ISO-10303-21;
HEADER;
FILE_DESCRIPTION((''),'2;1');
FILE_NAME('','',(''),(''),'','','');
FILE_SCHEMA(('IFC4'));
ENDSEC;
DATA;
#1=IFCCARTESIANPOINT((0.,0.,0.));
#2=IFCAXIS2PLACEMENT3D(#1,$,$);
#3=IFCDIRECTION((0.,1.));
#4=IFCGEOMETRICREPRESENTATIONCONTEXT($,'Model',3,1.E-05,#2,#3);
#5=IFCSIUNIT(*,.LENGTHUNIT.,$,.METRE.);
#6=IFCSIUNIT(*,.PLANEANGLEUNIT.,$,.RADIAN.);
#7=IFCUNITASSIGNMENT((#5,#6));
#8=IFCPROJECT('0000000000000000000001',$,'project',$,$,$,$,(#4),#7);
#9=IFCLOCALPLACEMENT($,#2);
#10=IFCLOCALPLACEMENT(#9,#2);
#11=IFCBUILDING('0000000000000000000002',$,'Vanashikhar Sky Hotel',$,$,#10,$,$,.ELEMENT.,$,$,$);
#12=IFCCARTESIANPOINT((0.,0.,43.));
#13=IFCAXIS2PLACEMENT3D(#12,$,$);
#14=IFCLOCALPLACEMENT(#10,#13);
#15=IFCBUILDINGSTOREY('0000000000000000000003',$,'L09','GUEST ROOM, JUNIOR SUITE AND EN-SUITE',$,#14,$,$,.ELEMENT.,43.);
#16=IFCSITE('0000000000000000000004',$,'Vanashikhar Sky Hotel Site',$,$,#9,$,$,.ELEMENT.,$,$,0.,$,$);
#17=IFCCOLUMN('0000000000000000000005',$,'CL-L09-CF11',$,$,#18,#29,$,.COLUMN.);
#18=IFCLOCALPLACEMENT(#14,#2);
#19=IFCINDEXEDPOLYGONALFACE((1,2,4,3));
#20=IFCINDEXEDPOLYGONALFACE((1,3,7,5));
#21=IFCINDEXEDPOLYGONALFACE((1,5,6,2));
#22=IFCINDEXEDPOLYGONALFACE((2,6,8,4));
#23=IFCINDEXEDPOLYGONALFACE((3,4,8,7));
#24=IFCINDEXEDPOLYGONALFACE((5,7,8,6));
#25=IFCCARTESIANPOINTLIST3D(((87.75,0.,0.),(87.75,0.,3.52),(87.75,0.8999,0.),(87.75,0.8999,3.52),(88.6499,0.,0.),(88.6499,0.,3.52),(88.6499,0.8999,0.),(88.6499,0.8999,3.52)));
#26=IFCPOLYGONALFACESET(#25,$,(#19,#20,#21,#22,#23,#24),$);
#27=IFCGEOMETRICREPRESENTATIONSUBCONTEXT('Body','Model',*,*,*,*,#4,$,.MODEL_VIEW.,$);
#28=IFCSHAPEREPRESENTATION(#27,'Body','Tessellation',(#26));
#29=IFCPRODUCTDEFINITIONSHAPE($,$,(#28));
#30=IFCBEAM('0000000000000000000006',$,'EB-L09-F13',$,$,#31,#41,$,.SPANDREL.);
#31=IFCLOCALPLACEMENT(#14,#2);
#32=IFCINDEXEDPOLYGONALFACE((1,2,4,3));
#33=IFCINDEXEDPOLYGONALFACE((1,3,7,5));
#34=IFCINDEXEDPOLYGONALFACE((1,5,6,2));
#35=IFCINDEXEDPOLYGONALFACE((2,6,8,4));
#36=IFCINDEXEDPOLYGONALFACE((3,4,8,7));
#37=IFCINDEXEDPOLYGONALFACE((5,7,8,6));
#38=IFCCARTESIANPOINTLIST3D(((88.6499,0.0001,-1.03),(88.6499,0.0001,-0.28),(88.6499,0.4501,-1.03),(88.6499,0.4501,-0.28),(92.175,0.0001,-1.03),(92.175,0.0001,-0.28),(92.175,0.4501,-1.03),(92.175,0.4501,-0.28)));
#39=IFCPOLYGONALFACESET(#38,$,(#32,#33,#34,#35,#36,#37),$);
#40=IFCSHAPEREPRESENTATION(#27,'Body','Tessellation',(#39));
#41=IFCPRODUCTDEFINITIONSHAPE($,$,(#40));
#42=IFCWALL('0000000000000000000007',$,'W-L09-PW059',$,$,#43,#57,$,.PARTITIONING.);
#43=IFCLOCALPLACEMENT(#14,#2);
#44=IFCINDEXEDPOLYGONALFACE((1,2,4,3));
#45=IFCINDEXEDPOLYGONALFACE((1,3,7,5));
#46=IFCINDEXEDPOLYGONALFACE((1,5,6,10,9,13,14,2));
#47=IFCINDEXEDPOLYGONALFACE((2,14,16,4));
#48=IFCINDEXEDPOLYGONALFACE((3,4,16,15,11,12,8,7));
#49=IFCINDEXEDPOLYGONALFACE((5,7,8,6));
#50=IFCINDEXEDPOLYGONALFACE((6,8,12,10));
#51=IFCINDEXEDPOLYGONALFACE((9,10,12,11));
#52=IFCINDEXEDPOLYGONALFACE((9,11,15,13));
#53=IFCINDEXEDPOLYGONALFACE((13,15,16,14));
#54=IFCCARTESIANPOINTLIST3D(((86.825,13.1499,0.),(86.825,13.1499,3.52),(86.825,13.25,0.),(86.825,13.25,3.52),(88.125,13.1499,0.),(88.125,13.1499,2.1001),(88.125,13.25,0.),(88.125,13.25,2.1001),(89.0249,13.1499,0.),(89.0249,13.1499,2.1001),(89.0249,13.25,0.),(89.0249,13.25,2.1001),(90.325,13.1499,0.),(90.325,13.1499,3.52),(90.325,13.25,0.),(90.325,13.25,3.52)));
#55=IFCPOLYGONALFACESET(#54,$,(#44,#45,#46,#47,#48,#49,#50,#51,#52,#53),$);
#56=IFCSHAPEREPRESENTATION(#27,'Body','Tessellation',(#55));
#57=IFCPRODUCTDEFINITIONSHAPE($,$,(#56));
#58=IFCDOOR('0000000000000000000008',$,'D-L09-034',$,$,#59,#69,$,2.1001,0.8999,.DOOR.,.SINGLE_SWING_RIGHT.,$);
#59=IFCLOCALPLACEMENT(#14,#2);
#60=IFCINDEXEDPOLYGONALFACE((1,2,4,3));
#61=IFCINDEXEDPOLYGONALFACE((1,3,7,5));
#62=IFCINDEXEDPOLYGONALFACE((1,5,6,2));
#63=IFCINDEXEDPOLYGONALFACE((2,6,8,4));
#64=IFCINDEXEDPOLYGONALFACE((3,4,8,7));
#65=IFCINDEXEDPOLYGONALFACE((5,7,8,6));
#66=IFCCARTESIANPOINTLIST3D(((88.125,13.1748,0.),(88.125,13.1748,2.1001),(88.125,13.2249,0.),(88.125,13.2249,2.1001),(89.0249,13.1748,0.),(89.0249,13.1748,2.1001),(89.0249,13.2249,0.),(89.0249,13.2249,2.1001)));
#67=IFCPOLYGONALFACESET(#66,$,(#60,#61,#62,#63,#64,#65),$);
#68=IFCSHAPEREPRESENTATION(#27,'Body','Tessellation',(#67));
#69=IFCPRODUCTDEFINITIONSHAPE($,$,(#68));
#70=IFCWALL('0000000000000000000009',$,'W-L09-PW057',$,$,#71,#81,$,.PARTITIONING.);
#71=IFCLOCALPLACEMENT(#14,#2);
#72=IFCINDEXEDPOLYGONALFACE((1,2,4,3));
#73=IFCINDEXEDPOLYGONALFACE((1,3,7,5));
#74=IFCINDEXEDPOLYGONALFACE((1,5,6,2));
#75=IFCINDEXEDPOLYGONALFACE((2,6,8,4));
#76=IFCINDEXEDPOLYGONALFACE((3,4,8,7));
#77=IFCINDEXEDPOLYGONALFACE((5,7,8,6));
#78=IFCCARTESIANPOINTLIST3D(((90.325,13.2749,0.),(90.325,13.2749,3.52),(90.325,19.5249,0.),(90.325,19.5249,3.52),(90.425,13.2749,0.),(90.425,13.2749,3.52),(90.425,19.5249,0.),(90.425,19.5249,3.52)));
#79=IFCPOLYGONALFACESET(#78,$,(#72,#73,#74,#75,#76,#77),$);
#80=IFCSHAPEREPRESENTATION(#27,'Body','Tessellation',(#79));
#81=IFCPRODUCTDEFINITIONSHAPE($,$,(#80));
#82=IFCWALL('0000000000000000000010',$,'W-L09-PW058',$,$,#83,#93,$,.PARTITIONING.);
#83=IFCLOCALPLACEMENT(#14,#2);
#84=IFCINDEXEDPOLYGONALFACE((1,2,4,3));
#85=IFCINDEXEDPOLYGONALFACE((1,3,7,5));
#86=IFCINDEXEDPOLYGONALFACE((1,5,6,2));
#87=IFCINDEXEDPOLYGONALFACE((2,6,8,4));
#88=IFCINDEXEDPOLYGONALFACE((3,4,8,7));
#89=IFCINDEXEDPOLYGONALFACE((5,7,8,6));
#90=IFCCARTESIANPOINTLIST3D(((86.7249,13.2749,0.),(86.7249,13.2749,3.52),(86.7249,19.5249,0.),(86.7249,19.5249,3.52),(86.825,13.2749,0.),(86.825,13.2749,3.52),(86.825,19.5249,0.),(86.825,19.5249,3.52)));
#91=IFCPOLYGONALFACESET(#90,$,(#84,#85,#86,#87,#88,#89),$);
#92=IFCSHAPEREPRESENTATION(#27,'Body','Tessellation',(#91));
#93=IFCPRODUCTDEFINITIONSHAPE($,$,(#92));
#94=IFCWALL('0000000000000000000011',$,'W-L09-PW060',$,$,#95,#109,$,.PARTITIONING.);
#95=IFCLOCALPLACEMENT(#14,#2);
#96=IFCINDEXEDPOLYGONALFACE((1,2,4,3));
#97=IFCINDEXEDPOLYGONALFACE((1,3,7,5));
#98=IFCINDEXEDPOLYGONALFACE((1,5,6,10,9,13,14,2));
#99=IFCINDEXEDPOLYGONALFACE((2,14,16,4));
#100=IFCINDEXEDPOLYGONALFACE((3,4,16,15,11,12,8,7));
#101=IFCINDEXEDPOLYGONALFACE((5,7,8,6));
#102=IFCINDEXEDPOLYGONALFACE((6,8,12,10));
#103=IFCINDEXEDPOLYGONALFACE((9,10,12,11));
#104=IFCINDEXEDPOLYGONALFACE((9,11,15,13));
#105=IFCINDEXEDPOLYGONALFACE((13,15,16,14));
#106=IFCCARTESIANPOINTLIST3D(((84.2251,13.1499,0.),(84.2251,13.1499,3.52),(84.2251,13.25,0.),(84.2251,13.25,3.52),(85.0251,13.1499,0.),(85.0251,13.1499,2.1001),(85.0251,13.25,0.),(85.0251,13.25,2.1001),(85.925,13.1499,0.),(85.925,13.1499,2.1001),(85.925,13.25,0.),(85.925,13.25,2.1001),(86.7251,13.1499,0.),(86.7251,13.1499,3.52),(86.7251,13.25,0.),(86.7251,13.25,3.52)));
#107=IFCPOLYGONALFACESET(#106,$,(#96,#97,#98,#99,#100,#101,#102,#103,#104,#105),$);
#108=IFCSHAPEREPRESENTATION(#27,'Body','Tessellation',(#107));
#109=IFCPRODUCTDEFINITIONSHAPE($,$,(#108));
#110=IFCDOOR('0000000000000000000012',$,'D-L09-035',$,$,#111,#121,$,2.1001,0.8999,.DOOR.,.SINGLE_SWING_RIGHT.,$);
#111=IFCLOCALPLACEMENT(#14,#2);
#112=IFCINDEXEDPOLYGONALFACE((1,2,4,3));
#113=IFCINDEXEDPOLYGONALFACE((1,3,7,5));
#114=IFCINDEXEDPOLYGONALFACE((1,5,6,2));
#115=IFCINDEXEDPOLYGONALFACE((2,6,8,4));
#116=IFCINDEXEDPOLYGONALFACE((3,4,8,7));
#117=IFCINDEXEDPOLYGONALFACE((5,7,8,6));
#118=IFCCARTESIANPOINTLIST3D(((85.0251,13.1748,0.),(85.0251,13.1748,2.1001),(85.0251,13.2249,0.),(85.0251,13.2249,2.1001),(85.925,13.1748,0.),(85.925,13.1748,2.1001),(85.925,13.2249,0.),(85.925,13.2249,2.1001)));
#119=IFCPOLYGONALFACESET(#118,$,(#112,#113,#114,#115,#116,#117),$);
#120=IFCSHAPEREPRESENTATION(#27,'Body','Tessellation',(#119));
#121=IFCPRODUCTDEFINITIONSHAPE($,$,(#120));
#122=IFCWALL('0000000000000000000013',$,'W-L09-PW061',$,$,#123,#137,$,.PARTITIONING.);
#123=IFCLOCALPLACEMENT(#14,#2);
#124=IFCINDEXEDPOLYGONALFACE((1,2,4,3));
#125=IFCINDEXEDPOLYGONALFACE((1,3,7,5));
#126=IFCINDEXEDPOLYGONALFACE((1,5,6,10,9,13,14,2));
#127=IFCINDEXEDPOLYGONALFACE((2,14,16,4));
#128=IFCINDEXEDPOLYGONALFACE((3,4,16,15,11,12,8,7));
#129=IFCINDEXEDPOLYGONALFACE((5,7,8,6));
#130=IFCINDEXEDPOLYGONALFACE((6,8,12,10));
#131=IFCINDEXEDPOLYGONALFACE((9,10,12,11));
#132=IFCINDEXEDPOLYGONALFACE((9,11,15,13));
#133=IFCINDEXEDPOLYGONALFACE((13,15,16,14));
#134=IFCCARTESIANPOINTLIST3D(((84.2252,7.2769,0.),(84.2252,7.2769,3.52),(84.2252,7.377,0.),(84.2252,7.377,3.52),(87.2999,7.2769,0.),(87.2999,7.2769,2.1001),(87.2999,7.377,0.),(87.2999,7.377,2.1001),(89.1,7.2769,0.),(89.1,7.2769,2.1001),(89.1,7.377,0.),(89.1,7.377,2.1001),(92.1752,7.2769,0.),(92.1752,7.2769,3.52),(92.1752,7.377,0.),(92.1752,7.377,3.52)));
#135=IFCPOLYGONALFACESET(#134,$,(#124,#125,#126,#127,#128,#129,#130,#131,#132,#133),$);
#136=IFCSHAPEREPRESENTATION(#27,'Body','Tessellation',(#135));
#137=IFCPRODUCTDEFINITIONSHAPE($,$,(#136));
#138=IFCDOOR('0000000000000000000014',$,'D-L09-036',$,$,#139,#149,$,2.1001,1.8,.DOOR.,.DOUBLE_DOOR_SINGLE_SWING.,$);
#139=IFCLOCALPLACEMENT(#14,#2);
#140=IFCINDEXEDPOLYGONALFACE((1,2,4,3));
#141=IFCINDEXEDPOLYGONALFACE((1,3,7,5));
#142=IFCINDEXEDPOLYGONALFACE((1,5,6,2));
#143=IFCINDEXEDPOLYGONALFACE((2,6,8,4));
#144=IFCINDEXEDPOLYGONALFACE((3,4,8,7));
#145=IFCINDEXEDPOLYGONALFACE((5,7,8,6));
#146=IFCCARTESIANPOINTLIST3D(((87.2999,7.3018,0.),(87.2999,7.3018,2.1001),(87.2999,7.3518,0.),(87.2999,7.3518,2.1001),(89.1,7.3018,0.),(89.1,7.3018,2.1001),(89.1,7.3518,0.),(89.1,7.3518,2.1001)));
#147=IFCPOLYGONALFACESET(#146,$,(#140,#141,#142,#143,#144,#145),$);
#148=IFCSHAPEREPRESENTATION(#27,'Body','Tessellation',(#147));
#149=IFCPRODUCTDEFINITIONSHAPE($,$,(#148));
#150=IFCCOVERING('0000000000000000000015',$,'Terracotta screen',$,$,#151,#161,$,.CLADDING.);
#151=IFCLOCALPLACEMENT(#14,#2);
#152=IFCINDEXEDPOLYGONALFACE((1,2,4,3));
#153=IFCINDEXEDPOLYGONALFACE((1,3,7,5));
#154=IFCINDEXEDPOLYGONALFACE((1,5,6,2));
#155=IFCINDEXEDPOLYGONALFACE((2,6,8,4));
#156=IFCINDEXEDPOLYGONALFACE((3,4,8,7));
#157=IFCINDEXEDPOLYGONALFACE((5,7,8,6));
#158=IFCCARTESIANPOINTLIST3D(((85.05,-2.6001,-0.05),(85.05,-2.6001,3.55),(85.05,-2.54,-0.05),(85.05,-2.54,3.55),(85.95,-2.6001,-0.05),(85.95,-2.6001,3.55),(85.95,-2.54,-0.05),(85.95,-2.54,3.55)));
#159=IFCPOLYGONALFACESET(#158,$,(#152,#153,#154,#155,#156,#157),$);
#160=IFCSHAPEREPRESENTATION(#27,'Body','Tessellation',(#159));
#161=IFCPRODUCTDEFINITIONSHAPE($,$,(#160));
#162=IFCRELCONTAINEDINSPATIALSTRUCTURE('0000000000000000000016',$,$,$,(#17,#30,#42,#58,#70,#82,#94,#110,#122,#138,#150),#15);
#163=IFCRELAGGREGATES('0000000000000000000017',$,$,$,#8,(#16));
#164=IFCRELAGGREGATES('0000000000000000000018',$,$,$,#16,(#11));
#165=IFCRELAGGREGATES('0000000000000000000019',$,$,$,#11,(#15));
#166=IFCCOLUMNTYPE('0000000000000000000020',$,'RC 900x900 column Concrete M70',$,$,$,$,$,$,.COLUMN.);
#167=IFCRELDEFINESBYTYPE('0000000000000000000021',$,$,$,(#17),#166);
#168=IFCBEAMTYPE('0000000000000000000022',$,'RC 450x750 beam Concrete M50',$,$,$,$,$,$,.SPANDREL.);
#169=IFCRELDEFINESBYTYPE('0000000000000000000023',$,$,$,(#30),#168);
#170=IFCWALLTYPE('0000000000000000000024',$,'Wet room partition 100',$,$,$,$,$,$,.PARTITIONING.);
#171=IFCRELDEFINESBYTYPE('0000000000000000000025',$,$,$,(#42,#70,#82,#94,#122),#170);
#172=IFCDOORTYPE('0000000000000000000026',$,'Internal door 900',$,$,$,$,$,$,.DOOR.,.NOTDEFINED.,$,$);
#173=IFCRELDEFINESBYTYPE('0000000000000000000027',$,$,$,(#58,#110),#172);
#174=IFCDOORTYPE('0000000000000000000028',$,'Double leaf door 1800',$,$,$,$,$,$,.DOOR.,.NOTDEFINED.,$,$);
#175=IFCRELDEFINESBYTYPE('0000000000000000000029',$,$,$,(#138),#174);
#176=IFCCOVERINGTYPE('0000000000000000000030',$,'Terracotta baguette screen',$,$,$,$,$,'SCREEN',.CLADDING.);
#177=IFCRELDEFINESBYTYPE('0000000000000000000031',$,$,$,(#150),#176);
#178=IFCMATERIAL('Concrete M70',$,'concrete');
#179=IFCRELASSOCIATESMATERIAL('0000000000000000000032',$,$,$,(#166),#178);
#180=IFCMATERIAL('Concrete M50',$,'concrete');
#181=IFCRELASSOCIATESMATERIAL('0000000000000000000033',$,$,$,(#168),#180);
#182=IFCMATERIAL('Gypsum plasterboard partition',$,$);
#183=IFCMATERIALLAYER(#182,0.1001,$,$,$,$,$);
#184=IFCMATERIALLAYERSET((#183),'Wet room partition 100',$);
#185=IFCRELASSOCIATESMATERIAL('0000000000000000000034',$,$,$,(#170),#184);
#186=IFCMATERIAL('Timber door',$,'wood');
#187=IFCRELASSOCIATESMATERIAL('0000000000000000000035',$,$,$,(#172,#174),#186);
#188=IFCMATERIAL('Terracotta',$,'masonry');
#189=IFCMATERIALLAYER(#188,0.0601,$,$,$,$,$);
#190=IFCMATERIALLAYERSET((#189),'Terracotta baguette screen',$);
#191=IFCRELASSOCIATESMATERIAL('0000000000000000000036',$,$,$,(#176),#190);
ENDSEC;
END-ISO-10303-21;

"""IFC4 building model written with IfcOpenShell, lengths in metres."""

from ifc_helpers import new_model, si_unit, direction, frame, frame_2d, origin, origin_2d, place, context, subcontext, project, spatial, rectangle, extrude, source, transform, mapped, material, layer, layer_set, material_profile, profile_set, type_object, element, fill, save


model = new_model("IFC4")

# Units and contexts
model_context = context("Model", 3, precision=1e-05, world=origin(), true_north=direction((0.0, 1.0)))
body_context = subcontext(model_context, "Body", "Model", "MODEL_VIEW")
ifc_project = project(units=[si_unit("LENGTHUNIT", "METRE"), si_unit("PLANEANGLEUNIT", "RADIAN")], contexts=[model_context])

# Site, building, storey
site_placement = place(None, origin())
site = spatial("IfcSite", under=ifc_project, at=site_placement, Name="Vanashikhar Sky Hotel Site", CompositionType="ELEMENT", RefElevation=0.0)
building_placement = place(site_placement, origin())
building = spatial("IfcBuilding", under=site, at=building_placement, Name="Vanashikhar Sky Hotel", CompositionType="ELEMENT")
storey_placement = place(building_placement, frame((0.0, 0.0, 43.0)))
storey = spatial("IfcBuildingStorey", under=building, at=storey_placement, Name="L09", Description="GUEST ROOM, JUNIOR SUITE AND EN-SUITE", CompositionType="ELEMENT", Elevation=43.0)

# Column
ifc_material_1 = material(Name="Concrete M70", Category="concrete")
ifc_material_profile_1 = material_profile(ifc_material_1, rectangle(XDim=0.8999, YDim=0.8999, at=origin_2d()))
ifc_profile_set_1 = profile_set([ifc_material_profile_1], Name="RC 900x900 column Concrete M70")
column_type = type_object("IfcColumnType", Name="RC 900x900 column Concrete M70", PredefinedType="COLUMN", material=ifc_profile_set_1)
shared_shape_1 = source(origin(), body_context, "Body", "SweptSolid", [
    extrude(rectangle(XDim=0.8999, YDim=0.8999, at=origin_2d()), origin(), (0.0, 0.0, 1.0), 3.52),
])
column_placement = place(storey_placement, frame((88.2, 0.45, 0.0), z_axis=(0.0, 0.0, 1.0), x_axis=(1.0, 0.0, 0.0)))
element("IfcColumn", 1, at=column_placement, inside=storey, type_object=column_type, Name="CL-L09-CF11", PredefinedType="COLUMN", context=body_context, shape_type="MappedRepresentation", body=[
    mapped(shared_shape_1, transform((0.0, 0.0, 0.0), scale=1.0)),
])

# Beam
ifc_material_2 = material(Name="Concrete M50", Category="concrete")
ifc_material_profile_2 = material_profile(ifc_material_2, rectangle(XDim=0.45, YDim=0.75, at=origin_2d()))
ifc_profile_set_2 = profile_set([ifc_material_profile_2], Name="RC 450x750 beam Concrete M50")
beam_type = type_object("IfcBeamType", Name="RC 450x750 beam Concrete M50", PredefinedType="SPANDREL", material=ifc_profile_set_2)
shared_shape_2 = source(origin(), body_context, "Body", "SweptSolid", [
    extrude(rectangle(XDim=0.45, YDim=0.75, at=origin_2d()), origin(), (0.0, 0.0, 1.0), 3.5251),
])
beam_placement = place(storey_placement, frame((88.6499, 0.2251, -0.655), z_axis=(1.0, 0.0, 0.0), x_axis=(0.0, 1.0, 0.0)))
element("IfcBeam", 2, at=beam_placement, inside=storey, type_object=beam_type, Name="EB-L09-F13", PredefinedType="SPANDREL", context=body_context, shape_type="MappedRepresentation", body=[
    mapped(shared_shape_2, transform((0.0, 0.0, 0.0), scale=1.0)),
])

# Wall, opening, door
ifc_material_3 = material(Name="Gypsum plasterboard partition")
ifc_layer_1 = layer(ifc_material_3, 0.1001)
ifc_layer_set_1 = layer_set([ifc_layer_1], Name="Wet room partition 100")
wall_type_1 = type_object("IfcWallType", Name="Wet room partition 100", PredefinedType="PARTITIONING", material=ifc_layer_set_1)
shared_shape_3 = source(origin(), body_context, "Body", "SweptSolid", [
    extrude(rectangle(XDim=3.5, YDim=0.1001, at=frame_2d((1.75, 0.0))), origin(), (0.0, 0.0, 1.0), 3.52),
])
wall_1_placement = place(storey_placement, frame((86.825, 13.2, 0.0), z_axis=(0.0, 0.0, 1.0), x_axis=(1.0, 0.0, 0.0)))
wall_1 = element("IfcWall", 3, at=wall_1_placement, inside=storey, type_object=wall_type_1, Name="W-L09-PW059", PredefinedType="PARTITIONING", context=body_context, shape_type="MappedRepresentation", body=[
    mapped(shared_shape_3, transform((0.0, 0.0, 0.0), scale=1.0)),
])
shared_shape_4 = source(origin(), body_context, "Body", "SweptSolid", [
    extrude(rectangle(XDim=0.8999, YDim=2.1001, at=frame_2d((0.45, 1.05))), frame((0.0, 0.0601, 0.0), z_axis=(0.0, -1.0, 0.0), x_axis=(1.0, 0.0, 0.0)), (0.0, 0.0, 1.0), 0.1201),
])
opening_1_placement = place(wall_1_placement, frame((1.3, 0.0, 0.0)))
opening_1 = element("IfcOpeningElement", 4, at=opening_1_placement, cuts=wall_1, PredefinedType="OPENING", context=body_context, shape_type="MappedRepresentation", body=[
    mapped(shared_shape_4, transform((0.0, 0.0, 0.0), scale=1.0)),
])
ifc_material_4 = material(Name="Timber door", Category="wood")
door_type_1 = type_object("IfcDoorType", Name="Internal door 900", OperationType="NOTDEFINED", PredefinedType="DOOR", material=ifc_material_4)
shared_shape_5 = source(origin(), body_context, "Body", "SweptSolid", [
    extrude(rectangle(XDim=0.8999, YDim=2.1001, at=frame_2d((0.45, 1.05))), frame((0.0, 0.0249, 0.0), z_axis=(0.0, -1.0, 0.0), x_axis=(1.0, 0.0, 0.0)), (0.0, 0.0, 1.0), 0.05),
])
door_1_placement = place(opening_1_placement, origin())
door_1 = element("IfcDoor", 5, at=door_1_placement, inside=storey, type_object=door_type_1, Name="D-L09-034", OperationType="SINGLE_SWING_RIGHT", OverallHeight=2.1001, OverallWidth=0.8999, PredefinedType="DOOR", context=body_context, shape_type="MappedRepresentation", body=[
    mapped(shared_shape_5, transform((0.0, 0.0, 0.0), scale=1.0)),
])
fill(opening_1, door_1)

# Walls
shared_shape_6 = source(origin(), body_context, "Body", "SweptSolid", [
    extrude(rectangle(XDim=6.25, YDim=0.1001, at=frame_2d((3.125, 0.0))), origin(), (0.0, 0.0, 1.0), 3.52),
])
for number, where, z_axis, x_axis, name in (
    (6, (90.375, 13.2749, 0.0), (0.0, 0.0, 1.0), (0.0, 1.0, 0.0), "W-L09-PW057"),
    (7, (86.7749, 13.2749, 0.0), (0.0, 0.0, 1.0), (0.0, 1.0, 0.0), "W-L09-PW058"),
):
    element("IfcWall", number, at=place(storey_placement, frame(where, z_axis=z_axis, x_axis=x_axis)), inside=storey, type_object=wall_type_1, Name=name, PredefinedType="PARTITIONING", context=body_context, shape_type="MappedRepresentation", body=[
        mapped(shared_shape_6, transform((0.0, 0.0, 0.0), scale=1.0)),
    ])

# Walls, openings, doors
shared_shape_7 = source(origin(), body_context, "Body", "SweptSolid", [
    extrude(rectangle(XDim=2.5, YDim=0.1001, at=frame_2d((1.25, 0.0))), origin(), (0.0, 0.0, 1.0), 3.52),
])
wall_2_placement = place(storey_placement, frame((84.2251, 13.2, 0.0), z_axis=(0.0, 0.0, 1.0), x_axis=(1.0, 0.0, 0.0)))
wall_2 = element("IfcWall", 8, at=wall_2_placement, inside=storey, type_object=wall_type_1, Name="W-L09-PW060", PredefinedType="PARTITIONING", context=body_context, shape_type="MappedRepresentation", body=[
    mapped(shared_shape_7, transform((0.0, 0.0, 0.0), scale=1.0)),
])
opening_2_placement = place(wall_2_placement, frame((0.8, 0.0, 0.0)))
opening_2 = element("IfcOpeningElement", 9, at=opening_2_placement, cuts=wall_2, PredefinedType="OPENING", context=body_context, shape_type="MappedRepresentation", body=[
    mapped(shared_shape_4, transform((0.0, 0.0, 0.0), scale=1.0)),
])
door_2_placement = place(opening_2_placement, origin())
door_2 = element("IfcDoor", 10, at=door_2_placement, inside=storey, type_object=door_type_1, Name="D-L09-035", OperationType="SINGLE_SWING_RIGHT", OverallHeight=2.1001, OverallWidth=0.8999, PredefinedType="DOOR", context=body_context, shape_type="MappedRepresentation", body=[
    mapped(shared_shape_5, transform((0.0, 0.0, 0.0), scale=1.0)),
])
fill(opening_2, door_2)
shared_shape_8 = source(origin(), body_context, "Body", "SweptSolid", [
    extrude(rectangle(XDim=7.95, YDim=0.1001, at=frame_2d((3.9751, 0.0))), origin(), (0.0, 0.0, 1.0), 3.52),
])
wall_3_placement = place(storey_placement, frame((84.2251, 7.3269, 0.0), z_axis=(0.0, 0.0, 1.0), x_axis=(1.0, 0.0, 0.0)))
wall_3 = element("IfcWall", 11, at=wall_3_placement, inside=storey, type_object=wall_type_1, Name="W-L09-PW061", PredefinedType="PARTITIONING", context=body_context, shape_type="MappedRepresentation", body=[
    mapped(shared_shape_8, transform((0.0, 0.0, 0.0), scale=1.0)),
])
shared_shape_9 = source(origin(), body_context, "Body", "SweptSolid", [
    extrude(rectangle(XDim=1.8, YDim=2.1001, at=frame_2d((0.8999, 1.05))), frame((0.0, 0.0601, 0.0), z_axis=(0.0, -1.0, 0.0), x_axis=(1.0, 0.0, 0.0)), (0.0, 0.0, 1.0), 0.1201),
])
opening_3_placement = place(wall_3_placement, frame((3.075, 0.0, 0.0)))
opening_3 = element("IfcOpeningElement", 12, at=opening_3_placement, cuts=wall_3, PredefinedType="OPENING", context=body_context, shape_type="MappedRepresentation", body=[
    mapped(shared_shape_9, transform((0.0, 0.0, 0.0), scale=1.0)),
])
door_type_2 = type_object("IfcDoorType", Name="Double leaf door 1800", OperationType="NOTDEFINED", PredefinedType="DOOR", material=ifc_material_4)
shared_shape_10 = source(origin(), body_context, "Body", "SweptSolid", [
    extrude(rectangle(XDim=1.8, YDim=2.1001, at=frame_2d((0.8999, 1.05))), frame((0.0, 0.0249, 0.0), z_axis=(0.0, -1.0, 0.0), x_axis=(1.0, 0.0, 0.0)), (0.0, 0.0, 1.0), 0.05),
])
door_3_placement = place(opening_3_placement, origin())
door_3 = element("IfcDoor", 13, at=door_3_placement, inside=storey, type_object=door_type_2, Name="D-L09-036", OperationType="DOUBLE_DOOR_SINGLE_SWING", OverallHeight=2.1001, OverallWidth=1.8, PredefinedType="DOOR", context=body_context, shape_type="MappedRepresentation", body=[
    mapped(shared_shape_10, transform((0.0, 0.0, 0.0), scale=1.0)),
])
fill(opening_3, door_3)

# Covering
ifc_material_5 = material(Name="Terracotta", Category="masonry")
ifc_layer_2 = layer(ifc_material_5, 0.0601)
ifc_layer_set_2 = layer_set([ifc_layer_2], Name="Terracotta baguette screen")
covering_type = type_object("IfcCoveringType", Name="Terracotta baguette screen", ElementType="SCREEN", PredefinedType="CLADDING", material=ifc_layer_set_2)
shared_shape_11 = source(origin(), body_context, "Body", "SweptSolid", [
    extrude(rectangle(XDim=0.8999, YDim=0.0601, at=origin_2d()), origin(), (0.0, 0.0, 1.0), 3.6001),
])
for number, where, z_axis, x_axis, name in (
    (14, (85.5, -2.5701, -0.05), (0.0, 0.0, 1.0), (1.0, 0.0, 0.0), "Terracotta screen"),
):
    element("IfcCovering", number, at=place(storey_placement, frame(where, z_axis=z_axis, x_axis=x_axis)), inside=storey, type_object=covering_type, Name=name, PredefinedType="CLADDING", context=body_context, shape_type="MappedRepresentation", body=[
        mapped(shared_shape_11, transform((0.0, 0.0, 0.0), scale=1.0)),
    ])

save(model, "model.ifc")
